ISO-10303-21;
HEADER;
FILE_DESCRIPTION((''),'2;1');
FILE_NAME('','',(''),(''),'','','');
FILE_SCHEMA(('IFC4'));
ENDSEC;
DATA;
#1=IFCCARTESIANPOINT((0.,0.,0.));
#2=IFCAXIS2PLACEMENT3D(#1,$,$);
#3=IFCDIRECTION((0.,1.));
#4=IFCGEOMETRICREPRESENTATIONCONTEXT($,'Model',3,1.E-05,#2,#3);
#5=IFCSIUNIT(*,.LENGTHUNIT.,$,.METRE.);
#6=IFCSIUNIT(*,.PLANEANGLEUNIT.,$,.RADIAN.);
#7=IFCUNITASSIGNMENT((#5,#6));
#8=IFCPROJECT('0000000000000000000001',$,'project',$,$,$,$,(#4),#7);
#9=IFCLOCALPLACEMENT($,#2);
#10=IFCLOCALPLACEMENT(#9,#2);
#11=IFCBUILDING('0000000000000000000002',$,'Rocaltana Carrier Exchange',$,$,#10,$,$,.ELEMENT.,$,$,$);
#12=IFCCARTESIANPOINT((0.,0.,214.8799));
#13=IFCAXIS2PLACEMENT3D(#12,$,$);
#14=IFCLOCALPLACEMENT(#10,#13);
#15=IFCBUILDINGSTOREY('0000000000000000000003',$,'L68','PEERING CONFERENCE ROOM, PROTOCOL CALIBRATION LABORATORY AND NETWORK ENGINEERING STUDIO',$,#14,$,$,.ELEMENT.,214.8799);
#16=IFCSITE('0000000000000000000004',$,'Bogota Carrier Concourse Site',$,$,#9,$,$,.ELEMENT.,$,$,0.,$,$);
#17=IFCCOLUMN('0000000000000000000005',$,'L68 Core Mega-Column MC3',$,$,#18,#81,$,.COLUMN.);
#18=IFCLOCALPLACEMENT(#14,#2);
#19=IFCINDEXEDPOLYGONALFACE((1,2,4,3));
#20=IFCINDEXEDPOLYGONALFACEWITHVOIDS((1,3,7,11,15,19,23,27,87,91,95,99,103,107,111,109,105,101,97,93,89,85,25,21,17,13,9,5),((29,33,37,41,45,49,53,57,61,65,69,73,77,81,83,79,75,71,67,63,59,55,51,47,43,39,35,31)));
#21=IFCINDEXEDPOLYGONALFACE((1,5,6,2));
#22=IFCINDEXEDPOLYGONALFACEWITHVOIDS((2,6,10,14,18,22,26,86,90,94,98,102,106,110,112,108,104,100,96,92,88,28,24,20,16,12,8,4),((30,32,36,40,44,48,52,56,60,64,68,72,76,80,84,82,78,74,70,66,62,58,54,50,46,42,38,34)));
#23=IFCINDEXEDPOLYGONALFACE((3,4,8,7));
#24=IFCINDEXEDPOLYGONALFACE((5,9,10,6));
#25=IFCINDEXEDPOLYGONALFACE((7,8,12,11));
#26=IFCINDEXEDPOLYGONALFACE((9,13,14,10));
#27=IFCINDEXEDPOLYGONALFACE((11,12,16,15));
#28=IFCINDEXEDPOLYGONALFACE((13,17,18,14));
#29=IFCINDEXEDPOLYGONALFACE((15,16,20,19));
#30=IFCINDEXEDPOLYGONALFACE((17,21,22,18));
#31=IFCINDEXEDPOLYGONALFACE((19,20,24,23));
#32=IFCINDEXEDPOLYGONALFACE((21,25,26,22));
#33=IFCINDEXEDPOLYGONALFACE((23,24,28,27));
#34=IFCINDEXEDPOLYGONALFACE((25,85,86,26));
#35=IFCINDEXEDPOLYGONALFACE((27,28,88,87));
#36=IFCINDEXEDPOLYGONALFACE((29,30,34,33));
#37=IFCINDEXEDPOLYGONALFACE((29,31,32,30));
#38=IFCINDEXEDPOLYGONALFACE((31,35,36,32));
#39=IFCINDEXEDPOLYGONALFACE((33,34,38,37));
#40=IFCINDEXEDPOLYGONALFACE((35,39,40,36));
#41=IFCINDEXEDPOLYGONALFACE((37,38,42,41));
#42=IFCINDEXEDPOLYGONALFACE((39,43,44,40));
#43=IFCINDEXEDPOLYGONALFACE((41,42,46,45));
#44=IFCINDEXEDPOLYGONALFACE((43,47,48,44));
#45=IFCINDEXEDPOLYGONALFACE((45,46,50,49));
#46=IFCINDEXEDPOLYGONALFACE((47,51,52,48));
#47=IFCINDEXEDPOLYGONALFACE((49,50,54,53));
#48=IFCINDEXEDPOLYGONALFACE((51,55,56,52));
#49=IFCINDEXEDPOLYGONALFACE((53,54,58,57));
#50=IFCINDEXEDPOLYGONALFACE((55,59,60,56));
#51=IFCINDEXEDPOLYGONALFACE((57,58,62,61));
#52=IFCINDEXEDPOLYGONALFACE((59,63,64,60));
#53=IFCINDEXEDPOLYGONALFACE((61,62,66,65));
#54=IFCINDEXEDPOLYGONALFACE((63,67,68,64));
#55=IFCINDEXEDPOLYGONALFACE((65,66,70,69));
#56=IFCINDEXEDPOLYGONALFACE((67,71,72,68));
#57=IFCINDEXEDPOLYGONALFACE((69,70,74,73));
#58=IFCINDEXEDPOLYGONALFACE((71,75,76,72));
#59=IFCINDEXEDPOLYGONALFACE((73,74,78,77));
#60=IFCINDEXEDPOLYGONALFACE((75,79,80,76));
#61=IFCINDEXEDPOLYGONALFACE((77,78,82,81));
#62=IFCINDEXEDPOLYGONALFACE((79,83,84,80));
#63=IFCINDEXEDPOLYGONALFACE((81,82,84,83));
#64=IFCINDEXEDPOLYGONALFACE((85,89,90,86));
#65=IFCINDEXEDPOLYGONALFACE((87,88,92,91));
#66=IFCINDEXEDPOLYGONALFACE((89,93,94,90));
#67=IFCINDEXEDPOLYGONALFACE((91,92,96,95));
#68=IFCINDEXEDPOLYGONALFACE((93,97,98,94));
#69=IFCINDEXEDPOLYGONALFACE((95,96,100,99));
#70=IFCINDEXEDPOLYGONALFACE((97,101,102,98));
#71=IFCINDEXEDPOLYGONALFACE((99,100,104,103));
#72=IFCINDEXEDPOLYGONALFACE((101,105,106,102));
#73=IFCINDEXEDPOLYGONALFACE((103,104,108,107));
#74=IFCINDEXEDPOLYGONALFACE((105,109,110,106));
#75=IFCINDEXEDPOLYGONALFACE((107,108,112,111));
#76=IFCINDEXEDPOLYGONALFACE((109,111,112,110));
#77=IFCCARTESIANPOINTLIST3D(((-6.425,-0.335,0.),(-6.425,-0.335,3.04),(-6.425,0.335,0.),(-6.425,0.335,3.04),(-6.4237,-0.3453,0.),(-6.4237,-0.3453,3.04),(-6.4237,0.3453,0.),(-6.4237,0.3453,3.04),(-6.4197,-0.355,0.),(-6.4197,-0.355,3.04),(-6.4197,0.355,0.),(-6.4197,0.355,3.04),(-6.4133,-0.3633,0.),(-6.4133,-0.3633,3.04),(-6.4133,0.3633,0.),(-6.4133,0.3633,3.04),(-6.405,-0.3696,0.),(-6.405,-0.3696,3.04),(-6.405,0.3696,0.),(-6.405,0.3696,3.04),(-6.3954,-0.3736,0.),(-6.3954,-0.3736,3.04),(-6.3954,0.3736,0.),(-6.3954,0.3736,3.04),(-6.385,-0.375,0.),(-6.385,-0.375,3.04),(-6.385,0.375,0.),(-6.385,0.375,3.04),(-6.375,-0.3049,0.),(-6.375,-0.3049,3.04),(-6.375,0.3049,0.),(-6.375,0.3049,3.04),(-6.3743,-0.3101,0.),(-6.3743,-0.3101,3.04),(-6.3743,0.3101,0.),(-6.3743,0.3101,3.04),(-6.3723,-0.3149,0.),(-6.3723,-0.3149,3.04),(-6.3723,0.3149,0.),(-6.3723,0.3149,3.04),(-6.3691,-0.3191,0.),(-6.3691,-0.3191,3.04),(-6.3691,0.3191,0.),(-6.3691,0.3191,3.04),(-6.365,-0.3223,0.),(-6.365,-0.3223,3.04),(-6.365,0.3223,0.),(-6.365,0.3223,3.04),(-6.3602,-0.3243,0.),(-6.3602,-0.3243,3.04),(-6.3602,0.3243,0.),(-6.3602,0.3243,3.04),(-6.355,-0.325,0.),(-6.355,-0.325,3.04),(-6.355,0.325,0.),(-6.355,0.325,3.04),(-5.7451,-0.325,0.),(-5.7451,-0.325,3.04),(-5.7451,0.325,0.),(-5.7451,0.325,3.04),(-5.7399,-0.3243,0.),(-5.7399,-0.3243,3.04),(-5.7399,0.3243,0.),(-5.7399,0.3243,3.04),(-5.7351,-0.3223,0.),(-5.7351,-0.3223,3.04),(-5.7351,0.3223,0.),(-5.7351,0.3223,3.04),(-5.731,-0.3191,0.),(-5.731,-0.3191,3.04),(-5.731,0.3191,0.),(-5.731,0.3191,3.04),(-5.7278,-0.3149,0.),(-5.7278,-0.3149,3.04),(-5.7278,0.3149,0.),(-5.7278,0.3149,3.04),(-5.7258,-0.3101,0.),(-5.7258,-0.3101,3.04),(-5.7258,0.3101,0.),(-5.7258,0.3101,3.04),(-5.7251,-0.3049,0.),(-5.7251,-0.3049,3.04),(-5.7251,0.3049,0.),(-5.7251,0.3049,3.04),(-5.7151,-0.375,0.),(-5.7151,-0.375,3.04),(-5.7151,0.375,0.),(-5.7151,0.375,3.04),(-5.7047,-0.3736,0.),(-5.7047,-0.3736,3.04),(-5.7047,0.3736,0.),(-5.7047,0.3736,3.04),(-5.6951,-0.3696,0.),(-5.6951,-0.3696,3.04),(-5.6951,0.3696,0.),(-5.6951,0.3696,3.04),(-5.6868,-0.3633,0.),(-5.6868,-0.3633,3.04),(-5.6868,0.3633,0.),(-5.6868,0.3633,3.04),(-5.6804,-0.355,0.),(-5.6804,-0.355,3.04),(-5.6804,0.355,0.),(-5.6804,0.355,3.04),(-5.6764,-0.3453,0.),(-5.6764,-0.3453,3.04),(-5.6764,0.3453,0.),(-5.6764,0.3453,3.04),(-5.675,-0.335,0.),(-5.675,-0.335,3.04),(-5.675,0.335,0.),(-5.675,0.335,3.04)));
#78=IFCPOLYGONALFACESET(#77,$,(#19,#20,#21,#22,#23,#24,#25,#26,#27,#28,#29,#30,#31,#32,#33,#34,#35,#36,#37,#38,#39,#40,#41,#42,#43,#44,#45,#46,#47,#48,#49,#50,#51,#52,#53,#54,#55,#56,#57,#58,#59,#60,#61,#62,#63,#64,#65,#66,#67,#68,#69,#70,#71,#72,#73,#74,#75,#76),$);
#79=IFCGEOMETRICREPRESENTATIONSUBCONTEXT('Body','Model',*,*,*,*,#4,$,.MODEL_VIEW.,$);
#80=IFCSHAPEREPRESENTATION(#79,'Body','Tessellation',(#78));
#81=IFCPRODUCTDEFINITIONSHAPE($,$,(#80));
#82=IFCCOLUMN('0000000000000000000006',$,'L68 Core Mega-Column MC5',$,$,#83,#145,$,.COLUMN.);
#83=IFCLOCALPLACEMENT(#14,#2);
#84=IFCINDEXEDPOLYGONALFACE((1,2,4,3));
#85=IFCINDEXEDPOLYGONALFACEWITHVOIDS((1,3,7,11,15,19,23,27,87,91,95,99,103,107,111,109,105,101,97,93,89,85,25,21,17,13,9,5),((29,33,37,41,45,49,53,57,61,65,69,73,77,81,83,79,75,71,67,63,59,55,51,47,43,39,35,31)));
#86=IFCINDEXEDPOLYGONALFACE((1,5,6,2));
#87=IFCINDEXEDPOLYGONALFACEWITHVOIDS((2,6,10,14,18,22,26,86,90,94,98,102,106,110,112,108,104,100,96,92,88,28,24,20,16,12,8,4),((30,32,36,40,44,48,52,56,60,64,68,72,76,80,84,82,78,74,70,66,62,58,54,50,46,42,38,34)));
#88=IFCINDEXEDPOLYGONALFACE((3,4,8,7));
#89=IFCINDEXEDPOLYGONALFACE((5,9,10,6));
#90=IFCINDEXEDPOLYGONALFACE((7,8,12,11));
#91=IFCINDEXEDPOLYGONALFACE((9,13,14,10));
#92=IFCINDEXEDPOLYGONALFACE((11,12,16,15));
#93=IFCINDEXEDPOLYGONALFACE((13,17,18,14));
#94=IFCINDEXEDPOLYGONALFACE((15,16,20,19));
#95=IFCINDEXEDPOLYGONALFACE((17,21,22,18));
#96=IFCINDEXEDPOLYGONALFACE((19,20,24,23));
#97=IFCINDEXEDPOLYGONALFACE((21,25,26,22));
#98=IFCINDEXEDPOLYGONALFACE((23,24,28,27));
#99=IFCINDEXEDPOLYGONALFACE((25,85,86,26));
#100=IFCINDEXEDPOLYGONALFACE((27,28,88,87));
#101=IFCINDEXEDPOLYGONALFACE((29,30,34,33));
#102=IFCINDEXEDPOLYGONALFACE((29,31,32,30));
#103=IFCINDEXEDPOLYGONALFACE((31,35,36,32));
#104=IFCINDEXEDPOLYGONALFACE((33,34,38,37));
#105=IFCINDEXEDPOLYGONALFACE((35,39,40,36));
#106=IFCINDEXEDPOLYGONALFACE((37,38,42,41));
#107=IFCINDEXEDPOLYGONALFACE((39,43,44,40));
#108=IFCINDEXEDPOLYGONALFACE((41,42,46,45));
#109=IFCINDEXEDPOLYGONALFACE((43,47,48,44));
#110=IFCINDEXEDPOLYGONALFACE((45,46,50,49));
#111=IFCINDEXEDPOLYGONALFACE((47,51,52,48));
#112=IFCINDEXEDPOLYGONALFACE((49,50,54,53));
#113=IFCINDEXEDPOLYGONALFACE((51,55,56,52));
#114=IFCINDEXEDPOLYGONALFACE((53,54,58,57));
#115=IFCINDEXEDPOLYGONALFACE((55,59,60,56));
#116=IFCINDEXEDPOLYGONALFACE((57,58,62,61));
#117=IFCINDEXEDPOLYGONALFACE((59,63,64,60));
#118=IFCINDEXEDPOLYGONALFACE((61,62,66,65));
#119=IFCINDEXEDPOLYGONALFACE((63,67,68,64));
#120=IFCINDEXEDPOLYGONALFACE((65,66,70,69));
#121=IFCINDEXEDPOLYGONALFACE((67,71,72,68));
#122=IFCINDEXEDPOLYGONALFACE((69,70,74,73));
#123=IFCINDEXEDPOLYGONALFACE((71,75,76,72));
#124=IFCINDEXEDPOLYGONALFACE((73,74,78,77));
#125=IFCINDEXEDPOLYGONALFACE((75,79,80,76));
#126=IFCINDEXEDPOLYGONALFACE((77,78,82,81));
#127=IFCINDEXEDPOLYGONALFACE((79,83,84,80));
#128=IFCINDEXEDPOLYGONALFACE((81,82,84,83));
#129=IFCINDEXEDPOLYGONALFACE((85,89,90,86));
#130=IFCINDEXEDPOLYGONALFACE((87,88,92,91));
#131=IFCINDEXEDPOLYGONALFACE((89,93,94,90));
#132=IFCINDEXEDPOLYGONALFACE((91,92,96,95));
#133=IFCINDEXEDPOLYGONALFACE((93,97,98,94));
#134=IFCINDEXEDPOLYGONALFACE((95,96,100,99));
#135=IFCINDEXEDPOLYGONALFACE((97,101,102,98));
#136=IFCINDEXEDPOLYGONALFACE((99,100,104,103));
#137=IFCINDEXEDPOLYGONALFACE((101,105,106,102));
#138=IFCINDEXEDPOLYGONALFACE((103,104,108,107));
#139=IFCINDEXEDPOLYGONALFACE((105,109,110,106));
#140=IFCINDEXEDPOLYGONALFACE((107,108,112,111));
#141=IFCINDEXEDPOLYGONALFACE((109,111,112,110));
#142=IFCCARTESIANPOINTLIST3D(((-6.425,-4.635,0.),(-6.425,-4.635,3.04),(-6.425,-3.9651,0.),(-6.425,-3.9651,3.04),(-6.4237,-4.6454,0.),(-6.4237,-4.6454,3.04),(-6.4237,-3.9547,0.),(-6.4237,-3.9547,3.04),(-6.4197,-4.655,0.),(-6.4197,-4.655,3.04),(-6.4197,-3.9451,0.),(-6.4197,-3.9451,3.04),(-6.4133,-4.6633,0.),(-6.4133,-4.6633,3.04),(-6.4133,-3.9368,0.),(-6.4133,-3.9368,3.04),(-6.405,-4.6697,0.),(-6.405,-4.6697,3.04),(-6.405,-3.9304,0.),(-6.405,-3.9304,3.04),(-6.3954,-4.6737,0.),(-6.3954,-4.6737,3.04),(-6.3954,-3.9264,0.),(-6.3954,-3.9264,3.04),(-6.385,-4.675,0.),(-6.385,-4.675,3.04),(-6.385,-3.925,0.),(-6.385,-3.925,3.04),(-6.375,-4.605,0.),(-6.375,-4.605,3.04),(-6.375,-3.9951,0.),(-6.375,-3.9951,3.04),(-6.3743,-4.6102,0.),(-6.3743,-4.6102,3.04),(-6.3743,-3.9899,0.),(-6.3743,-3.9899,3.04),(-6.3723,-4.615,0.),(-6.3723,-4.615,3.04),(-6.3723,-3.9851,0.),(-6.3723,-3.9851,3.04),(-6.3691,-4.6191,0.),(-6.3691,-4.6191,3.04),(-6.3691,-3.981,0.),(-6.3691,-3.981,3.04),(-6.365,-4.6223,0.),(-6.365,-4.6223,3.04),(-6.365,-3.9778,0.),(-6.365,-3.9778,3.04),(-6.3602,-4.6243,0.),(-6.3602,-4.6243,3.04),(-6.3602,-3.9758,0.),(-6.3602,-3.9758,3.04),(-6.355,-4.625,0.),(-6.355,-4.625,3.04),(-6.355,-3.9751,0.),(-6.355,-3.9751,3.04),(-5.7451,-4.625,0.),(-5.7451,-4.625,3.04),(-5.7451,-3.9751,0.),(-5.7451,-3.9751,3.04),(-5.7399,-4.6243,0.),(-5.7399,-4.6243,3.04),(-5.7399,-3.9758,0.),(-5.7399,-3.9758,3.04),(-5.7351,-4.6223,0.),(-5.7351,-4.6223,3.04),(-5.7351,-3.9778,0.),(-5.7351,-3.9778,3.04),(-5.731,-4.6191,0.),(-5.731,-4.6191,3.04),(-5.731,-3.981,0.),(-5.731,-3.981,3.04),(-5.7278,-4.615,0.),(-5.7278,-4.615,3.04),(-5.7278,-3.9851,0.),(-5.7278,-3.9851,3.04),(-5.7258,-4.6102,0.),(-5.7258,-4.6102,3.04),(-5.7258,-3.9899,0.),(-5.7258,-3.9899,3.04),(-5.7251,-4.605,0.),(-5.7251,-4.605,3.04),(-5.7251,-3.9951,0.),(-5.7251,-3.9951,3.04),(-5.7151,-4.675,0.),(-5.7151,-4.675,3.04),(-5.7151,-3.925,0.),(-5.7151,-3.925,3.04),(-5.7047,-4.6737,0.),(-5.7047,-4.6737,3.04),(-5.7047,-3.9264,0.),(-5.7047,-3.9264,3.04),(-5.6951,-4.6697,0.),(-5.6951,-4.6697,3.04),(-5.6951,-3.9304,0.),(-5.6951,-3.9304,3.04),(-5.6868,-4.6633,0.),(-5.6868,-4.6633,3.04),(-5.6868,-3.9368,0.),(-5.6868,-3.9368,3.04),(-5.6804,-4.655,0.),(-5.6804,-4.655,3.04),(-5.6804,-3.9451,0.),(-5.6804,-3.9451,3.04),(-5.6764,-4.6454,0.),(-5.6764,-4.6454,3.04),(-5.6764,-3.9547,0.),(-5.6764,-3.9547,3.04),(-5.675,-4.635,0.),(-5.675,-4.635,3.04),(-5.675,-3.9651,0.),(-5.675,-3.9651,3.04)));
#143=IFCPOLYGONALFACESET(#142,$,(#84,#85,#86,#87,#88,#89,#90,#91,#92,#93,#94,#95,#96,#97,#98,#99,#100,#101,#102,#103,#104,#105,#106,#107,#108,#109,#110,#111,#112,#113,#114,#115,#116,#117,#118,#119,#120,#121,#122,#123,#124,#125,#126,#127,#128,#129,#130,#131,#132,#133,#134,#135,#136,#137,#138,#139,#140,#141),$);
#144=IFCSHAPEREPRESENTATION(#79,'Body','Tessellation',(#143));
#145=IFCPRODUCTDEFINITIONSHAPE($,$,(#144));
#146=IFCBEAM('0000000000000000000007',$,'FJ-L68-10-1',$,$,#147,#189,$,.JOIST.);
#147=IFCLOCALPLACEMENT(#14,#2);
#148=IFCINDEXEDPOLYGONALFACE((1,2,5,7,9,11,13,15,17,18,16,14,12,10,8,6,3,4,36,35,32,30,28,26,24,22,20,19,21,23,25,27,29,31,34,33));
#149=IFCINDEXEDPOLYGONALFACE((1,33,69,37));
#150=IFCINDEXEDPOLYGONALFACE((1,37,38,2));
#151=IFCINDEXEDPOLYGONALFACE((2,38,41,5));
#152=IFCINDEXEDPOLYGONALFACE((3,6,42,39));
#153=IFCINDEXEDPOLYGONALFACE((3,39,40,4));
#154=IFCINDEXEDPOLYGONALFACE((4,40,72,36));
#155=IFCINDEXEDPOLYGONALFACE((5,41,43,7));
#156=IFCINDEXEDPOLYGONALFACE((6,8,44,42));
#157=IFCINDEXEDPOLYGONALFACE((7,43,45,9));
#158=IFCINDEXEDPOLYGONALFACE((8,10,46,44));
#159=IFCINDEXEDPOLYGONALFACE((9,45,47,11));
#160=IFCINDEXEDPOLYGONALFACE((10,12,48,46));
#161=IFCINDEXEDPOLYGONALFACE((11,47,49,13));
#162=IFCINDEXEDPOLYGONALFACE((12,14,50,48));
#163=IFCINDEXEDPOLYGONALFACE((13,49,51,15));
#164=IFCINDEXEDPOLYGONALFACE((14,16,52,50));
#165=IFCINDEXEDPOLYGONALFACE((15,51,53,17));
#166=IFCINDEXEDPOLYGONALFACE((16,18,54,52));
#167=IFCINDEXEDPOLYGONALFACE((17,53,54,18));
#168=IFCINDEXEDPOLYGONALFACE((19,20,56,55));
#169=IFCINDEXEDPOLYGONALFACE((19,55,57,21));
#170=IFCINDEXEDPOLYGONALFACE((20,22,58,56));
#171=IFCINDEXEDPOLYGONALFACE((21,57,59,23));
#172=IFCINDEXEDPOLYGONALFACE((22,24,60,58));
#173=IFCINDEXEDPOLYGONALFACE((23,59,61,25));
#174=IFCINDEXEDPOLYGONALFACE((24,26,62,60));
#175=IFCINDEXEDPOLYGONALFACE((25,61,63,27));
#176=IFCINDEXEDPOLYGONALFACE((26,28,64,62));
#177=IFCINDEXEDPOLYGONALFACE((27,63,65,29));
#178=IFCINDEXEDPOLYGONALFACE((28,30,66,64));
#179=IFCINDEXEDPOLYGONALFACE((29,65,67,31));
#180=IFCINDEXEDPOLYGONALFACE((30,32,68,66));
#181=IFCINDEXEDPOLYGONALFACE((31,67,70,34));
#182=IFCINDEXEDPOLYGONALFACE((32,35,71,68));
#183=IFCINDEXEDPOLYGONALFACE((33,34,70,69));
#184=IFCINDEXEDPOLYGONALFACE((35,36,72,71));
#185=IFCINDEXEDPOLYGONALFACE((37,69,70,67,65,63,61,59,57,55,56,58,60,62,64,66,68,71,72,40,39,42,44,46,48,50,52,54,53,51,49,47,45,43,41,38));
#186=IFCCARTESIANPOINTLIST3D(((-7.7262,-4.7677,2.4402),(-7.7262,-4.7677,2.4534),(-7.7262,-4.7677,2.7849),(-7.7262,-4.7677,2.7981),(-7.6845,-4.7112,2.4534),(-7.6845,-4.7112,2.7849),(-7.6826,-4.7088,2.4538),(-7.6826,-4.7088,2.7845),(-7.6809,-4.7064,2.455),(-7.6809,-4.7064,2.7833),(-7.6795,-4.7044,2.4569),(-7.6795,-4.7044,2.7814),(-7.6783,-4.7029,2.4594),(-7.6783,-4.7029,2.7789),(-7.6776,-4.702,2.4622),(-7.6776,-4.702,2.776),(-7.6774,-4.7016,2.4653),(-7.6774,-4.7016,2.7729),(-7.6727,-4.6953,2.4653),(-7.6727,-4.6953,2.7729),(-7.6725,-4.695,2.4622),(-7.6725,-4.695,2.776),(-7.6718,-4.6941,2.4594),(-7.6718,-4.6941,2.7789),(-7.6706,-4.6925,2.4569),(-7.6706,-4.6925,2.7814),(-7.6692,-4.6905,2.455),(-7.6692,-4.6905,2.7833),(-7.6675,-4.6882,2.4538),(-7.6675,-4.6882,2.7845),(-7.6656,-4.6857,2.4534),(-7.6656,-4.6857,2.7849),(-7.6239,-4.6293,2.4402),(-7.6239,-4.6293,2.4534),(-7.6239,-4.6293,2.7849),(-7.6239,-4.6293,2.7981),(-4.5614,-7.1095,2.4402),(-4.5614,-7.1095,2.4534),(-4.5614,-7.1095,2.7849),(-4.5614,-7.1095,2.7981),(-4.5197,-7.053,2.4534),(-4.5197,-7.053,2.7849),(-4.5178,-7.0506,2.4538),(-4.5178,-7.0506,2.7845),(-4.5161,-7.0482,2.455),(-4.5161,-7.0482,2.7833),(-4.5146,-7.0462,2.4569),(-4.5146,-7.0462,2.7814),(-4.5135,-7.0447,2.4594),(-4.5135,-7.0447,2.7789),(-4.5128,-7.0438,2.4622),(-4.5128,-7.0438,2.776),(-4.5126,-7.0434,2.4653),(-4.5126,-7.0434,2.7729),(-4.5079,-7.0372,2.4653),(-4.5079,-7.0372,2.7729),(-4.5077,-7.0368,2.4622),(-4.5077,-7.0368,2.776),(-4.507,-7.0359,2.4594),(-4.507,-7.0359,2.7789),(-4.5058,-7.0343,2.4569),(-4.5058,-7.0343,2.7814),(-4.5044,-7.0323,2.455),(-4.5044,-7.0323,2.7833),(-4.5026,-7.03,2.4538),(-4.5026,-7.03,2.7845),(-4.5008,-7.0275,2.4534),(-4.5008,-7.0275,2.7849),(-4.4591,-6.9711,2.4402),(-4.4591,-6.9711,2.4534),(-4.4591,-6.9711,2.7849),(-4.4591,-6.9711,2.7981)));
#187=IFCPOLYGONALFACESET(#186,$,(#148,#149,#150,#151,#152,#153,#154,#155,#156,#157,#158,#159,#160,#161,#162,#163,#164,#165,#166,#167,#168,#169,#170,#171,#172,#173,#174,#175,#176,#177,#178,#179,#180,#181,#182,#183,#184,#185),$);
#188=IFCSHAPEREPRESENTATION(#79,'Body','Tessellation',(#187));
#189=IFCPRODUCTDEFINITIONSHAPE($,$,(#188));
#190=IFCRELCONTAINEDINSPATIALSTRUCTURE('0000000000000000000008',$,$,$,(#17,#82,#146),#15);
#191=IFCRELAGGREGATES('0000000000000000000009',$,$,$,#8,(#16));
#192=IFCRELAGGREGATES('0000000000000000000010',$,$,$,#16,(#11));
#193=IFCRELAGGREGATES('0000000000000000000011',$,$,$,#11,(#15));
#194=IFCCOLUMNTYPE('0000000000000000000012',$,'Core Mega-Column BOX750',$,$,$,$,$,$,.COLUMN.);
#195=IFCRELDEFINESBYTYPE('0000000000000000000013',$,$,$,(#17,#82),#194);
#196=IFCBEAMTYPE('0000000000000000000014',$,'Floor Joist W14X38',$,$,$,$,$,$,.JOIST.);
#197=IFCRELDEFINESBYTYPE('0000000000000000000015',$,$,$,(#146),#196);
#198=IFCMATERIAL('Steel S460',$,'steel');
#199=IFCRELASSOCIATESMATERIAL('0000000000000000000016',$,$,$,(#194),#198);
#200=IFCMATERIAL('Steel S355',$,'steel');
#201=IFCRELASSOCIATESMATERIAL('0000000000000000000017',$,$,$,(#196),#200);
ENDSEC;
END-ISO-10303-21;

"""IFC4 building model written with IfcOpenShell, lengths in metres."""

from ifc_helpers import new_model, si_unit, direction, frame, origin, origin_2d, place, context, subcontext, project, spatial, hollow_rectangle, i_section, extrude, material, material_profile, profile_set, type_object, element, save


model = new_model("IFC4")

# Units and contexts
model_context = context("Model", 3, precision=1e-05, world=origin(), true_north=direction((0.0, 1.0)))
body_context = subcontext(model_context, "Body", "Model", "MODEL_VIEW")
ifc_project = project(units=[si_unit("LENGTHUNIT", "METRE"), si_unit("PLANEANGLEUNIT", "RADIAN")], contexts=[model_context])

# Site, building, storey
site_placement = place(None, origin())
site = spatial("IfcSite", under=ifc_project, at=site_placement, Name="Bogota Carrier Concourse Site", CompositionType="ELEMENT", RefElevation=0.0)
building_placement = place(site_placement, origin())
building = spatial("IfcBuilding", under=site, at=building_placement, Name="Rocaltana Carrier Exchange", CompositionType="ELEMENT")
storey_placement = place(building_placement, frame((0.0, 0.0, 214.8799)))
storey = spatial("IfcBuildingStorey", under=building, at=storey_placement, Name="L68", Description="PEERING CONFERENCE ROOM, PROTOCOL CALIBRATION LABORATORY AND NETWORK ENGINEERING STUDIO", CompositionType="ELEMENT", Elevation=214.8799)

# Columns
ifc_material_1 = material(Name="Steel S460", Category="steel")
ifc_material_profile_1 = material_profile(ifc_material_1, hollow_rectangle(XDim=0.75, YDim=0.75, WallThickness=0.05, InnerFilletRadius=0.02, OuterFilletRadius=0.04, at=origin_2d()), Name="BOX750X750X50")
ifc_profile_set_1 = profile_set([ifc_material_profile_1], Name="Steel S460")
column_type = type_object("IfcColumnType", Name="Core Mega-Column BOX750", PredefinedType="COLUMN", material=ifc_profile_set_1)
for number, where, z_axis, x_axis, name in (
    (1, (-6.05, 0.0, 0.0), (0.0, 0.0, 1.0), (1.0, 0.0, 0.0), "L68 Core Mega-Column MC3"),
    (2, (-6.05, -4.3, 0.0), (0.0, 0.0, 1.0), (1.0, 0.0, 0.0), "L68 Core Mega-Column MC5"),
):
    element("IfcColumn", number, at=place(storey_placement, frame(where, z_axis=z_axis, x_axis=x_axis)), inside=storey, type_object=column_type, Name=name, PredefinedType="COLUMN", context=body_context, shape_type="SweptSolid", body=[
        extrude(hollow_rectangle(XDim=0.75, YDim=0.75, WallThickness=0.05, InnerFilletRadius=0.02, OuterFilletRadius=0.04, at=origin_2d()), origin(), (0.0, 0.0, 1.0), 3.04),
    ])

# Beam
ifc_material_2 = material(Name="Steel S355", Category="steel")
ifc_material_profile_2 = material_profile(ifc_material_2, i_section(OverallWidth=0.1721, OverallDepth=0.3579, WebThickness=0.0078, FlangeThickness=0.0132, FilletRadius=0.012, at=origin_2d()), Name="W14X38")
ifc_profile_set_2 = profile_set([ifc_material_profile_2], Name="Steel S355")
beam_type_1 = type_object("IfcBeamType", Name="Floor Joist W14X38", PredefinedType="JOIST", material=ifc_profile_set_2)
beam_1_placement = place(storey_placement, frame((-7.675, -4.6985, 2.6191), z_axis=(0.80386, -0.594818, 0.0), x_axis=(0.594818, 0.80386, 0.0)))
element("IfcBeam", 3, at=beam_1_placement, inside=storey, type_object=beam_type_1, Name="FJ-L68-10-1", PredefinedType="JOIST", context=body_context, shape_type="SweptSolid", body=[
    extrude(i_section(OverallWidth=0.1721, OverallDepth=0.3579, WebThickness=0.0078, FlangeThickness=0.0132, FilletRadius=0.012, at=origin_2d()), origin(), (0.0, 0.0, 1.0), 3.937),
])

save(model, "model.ifc")
